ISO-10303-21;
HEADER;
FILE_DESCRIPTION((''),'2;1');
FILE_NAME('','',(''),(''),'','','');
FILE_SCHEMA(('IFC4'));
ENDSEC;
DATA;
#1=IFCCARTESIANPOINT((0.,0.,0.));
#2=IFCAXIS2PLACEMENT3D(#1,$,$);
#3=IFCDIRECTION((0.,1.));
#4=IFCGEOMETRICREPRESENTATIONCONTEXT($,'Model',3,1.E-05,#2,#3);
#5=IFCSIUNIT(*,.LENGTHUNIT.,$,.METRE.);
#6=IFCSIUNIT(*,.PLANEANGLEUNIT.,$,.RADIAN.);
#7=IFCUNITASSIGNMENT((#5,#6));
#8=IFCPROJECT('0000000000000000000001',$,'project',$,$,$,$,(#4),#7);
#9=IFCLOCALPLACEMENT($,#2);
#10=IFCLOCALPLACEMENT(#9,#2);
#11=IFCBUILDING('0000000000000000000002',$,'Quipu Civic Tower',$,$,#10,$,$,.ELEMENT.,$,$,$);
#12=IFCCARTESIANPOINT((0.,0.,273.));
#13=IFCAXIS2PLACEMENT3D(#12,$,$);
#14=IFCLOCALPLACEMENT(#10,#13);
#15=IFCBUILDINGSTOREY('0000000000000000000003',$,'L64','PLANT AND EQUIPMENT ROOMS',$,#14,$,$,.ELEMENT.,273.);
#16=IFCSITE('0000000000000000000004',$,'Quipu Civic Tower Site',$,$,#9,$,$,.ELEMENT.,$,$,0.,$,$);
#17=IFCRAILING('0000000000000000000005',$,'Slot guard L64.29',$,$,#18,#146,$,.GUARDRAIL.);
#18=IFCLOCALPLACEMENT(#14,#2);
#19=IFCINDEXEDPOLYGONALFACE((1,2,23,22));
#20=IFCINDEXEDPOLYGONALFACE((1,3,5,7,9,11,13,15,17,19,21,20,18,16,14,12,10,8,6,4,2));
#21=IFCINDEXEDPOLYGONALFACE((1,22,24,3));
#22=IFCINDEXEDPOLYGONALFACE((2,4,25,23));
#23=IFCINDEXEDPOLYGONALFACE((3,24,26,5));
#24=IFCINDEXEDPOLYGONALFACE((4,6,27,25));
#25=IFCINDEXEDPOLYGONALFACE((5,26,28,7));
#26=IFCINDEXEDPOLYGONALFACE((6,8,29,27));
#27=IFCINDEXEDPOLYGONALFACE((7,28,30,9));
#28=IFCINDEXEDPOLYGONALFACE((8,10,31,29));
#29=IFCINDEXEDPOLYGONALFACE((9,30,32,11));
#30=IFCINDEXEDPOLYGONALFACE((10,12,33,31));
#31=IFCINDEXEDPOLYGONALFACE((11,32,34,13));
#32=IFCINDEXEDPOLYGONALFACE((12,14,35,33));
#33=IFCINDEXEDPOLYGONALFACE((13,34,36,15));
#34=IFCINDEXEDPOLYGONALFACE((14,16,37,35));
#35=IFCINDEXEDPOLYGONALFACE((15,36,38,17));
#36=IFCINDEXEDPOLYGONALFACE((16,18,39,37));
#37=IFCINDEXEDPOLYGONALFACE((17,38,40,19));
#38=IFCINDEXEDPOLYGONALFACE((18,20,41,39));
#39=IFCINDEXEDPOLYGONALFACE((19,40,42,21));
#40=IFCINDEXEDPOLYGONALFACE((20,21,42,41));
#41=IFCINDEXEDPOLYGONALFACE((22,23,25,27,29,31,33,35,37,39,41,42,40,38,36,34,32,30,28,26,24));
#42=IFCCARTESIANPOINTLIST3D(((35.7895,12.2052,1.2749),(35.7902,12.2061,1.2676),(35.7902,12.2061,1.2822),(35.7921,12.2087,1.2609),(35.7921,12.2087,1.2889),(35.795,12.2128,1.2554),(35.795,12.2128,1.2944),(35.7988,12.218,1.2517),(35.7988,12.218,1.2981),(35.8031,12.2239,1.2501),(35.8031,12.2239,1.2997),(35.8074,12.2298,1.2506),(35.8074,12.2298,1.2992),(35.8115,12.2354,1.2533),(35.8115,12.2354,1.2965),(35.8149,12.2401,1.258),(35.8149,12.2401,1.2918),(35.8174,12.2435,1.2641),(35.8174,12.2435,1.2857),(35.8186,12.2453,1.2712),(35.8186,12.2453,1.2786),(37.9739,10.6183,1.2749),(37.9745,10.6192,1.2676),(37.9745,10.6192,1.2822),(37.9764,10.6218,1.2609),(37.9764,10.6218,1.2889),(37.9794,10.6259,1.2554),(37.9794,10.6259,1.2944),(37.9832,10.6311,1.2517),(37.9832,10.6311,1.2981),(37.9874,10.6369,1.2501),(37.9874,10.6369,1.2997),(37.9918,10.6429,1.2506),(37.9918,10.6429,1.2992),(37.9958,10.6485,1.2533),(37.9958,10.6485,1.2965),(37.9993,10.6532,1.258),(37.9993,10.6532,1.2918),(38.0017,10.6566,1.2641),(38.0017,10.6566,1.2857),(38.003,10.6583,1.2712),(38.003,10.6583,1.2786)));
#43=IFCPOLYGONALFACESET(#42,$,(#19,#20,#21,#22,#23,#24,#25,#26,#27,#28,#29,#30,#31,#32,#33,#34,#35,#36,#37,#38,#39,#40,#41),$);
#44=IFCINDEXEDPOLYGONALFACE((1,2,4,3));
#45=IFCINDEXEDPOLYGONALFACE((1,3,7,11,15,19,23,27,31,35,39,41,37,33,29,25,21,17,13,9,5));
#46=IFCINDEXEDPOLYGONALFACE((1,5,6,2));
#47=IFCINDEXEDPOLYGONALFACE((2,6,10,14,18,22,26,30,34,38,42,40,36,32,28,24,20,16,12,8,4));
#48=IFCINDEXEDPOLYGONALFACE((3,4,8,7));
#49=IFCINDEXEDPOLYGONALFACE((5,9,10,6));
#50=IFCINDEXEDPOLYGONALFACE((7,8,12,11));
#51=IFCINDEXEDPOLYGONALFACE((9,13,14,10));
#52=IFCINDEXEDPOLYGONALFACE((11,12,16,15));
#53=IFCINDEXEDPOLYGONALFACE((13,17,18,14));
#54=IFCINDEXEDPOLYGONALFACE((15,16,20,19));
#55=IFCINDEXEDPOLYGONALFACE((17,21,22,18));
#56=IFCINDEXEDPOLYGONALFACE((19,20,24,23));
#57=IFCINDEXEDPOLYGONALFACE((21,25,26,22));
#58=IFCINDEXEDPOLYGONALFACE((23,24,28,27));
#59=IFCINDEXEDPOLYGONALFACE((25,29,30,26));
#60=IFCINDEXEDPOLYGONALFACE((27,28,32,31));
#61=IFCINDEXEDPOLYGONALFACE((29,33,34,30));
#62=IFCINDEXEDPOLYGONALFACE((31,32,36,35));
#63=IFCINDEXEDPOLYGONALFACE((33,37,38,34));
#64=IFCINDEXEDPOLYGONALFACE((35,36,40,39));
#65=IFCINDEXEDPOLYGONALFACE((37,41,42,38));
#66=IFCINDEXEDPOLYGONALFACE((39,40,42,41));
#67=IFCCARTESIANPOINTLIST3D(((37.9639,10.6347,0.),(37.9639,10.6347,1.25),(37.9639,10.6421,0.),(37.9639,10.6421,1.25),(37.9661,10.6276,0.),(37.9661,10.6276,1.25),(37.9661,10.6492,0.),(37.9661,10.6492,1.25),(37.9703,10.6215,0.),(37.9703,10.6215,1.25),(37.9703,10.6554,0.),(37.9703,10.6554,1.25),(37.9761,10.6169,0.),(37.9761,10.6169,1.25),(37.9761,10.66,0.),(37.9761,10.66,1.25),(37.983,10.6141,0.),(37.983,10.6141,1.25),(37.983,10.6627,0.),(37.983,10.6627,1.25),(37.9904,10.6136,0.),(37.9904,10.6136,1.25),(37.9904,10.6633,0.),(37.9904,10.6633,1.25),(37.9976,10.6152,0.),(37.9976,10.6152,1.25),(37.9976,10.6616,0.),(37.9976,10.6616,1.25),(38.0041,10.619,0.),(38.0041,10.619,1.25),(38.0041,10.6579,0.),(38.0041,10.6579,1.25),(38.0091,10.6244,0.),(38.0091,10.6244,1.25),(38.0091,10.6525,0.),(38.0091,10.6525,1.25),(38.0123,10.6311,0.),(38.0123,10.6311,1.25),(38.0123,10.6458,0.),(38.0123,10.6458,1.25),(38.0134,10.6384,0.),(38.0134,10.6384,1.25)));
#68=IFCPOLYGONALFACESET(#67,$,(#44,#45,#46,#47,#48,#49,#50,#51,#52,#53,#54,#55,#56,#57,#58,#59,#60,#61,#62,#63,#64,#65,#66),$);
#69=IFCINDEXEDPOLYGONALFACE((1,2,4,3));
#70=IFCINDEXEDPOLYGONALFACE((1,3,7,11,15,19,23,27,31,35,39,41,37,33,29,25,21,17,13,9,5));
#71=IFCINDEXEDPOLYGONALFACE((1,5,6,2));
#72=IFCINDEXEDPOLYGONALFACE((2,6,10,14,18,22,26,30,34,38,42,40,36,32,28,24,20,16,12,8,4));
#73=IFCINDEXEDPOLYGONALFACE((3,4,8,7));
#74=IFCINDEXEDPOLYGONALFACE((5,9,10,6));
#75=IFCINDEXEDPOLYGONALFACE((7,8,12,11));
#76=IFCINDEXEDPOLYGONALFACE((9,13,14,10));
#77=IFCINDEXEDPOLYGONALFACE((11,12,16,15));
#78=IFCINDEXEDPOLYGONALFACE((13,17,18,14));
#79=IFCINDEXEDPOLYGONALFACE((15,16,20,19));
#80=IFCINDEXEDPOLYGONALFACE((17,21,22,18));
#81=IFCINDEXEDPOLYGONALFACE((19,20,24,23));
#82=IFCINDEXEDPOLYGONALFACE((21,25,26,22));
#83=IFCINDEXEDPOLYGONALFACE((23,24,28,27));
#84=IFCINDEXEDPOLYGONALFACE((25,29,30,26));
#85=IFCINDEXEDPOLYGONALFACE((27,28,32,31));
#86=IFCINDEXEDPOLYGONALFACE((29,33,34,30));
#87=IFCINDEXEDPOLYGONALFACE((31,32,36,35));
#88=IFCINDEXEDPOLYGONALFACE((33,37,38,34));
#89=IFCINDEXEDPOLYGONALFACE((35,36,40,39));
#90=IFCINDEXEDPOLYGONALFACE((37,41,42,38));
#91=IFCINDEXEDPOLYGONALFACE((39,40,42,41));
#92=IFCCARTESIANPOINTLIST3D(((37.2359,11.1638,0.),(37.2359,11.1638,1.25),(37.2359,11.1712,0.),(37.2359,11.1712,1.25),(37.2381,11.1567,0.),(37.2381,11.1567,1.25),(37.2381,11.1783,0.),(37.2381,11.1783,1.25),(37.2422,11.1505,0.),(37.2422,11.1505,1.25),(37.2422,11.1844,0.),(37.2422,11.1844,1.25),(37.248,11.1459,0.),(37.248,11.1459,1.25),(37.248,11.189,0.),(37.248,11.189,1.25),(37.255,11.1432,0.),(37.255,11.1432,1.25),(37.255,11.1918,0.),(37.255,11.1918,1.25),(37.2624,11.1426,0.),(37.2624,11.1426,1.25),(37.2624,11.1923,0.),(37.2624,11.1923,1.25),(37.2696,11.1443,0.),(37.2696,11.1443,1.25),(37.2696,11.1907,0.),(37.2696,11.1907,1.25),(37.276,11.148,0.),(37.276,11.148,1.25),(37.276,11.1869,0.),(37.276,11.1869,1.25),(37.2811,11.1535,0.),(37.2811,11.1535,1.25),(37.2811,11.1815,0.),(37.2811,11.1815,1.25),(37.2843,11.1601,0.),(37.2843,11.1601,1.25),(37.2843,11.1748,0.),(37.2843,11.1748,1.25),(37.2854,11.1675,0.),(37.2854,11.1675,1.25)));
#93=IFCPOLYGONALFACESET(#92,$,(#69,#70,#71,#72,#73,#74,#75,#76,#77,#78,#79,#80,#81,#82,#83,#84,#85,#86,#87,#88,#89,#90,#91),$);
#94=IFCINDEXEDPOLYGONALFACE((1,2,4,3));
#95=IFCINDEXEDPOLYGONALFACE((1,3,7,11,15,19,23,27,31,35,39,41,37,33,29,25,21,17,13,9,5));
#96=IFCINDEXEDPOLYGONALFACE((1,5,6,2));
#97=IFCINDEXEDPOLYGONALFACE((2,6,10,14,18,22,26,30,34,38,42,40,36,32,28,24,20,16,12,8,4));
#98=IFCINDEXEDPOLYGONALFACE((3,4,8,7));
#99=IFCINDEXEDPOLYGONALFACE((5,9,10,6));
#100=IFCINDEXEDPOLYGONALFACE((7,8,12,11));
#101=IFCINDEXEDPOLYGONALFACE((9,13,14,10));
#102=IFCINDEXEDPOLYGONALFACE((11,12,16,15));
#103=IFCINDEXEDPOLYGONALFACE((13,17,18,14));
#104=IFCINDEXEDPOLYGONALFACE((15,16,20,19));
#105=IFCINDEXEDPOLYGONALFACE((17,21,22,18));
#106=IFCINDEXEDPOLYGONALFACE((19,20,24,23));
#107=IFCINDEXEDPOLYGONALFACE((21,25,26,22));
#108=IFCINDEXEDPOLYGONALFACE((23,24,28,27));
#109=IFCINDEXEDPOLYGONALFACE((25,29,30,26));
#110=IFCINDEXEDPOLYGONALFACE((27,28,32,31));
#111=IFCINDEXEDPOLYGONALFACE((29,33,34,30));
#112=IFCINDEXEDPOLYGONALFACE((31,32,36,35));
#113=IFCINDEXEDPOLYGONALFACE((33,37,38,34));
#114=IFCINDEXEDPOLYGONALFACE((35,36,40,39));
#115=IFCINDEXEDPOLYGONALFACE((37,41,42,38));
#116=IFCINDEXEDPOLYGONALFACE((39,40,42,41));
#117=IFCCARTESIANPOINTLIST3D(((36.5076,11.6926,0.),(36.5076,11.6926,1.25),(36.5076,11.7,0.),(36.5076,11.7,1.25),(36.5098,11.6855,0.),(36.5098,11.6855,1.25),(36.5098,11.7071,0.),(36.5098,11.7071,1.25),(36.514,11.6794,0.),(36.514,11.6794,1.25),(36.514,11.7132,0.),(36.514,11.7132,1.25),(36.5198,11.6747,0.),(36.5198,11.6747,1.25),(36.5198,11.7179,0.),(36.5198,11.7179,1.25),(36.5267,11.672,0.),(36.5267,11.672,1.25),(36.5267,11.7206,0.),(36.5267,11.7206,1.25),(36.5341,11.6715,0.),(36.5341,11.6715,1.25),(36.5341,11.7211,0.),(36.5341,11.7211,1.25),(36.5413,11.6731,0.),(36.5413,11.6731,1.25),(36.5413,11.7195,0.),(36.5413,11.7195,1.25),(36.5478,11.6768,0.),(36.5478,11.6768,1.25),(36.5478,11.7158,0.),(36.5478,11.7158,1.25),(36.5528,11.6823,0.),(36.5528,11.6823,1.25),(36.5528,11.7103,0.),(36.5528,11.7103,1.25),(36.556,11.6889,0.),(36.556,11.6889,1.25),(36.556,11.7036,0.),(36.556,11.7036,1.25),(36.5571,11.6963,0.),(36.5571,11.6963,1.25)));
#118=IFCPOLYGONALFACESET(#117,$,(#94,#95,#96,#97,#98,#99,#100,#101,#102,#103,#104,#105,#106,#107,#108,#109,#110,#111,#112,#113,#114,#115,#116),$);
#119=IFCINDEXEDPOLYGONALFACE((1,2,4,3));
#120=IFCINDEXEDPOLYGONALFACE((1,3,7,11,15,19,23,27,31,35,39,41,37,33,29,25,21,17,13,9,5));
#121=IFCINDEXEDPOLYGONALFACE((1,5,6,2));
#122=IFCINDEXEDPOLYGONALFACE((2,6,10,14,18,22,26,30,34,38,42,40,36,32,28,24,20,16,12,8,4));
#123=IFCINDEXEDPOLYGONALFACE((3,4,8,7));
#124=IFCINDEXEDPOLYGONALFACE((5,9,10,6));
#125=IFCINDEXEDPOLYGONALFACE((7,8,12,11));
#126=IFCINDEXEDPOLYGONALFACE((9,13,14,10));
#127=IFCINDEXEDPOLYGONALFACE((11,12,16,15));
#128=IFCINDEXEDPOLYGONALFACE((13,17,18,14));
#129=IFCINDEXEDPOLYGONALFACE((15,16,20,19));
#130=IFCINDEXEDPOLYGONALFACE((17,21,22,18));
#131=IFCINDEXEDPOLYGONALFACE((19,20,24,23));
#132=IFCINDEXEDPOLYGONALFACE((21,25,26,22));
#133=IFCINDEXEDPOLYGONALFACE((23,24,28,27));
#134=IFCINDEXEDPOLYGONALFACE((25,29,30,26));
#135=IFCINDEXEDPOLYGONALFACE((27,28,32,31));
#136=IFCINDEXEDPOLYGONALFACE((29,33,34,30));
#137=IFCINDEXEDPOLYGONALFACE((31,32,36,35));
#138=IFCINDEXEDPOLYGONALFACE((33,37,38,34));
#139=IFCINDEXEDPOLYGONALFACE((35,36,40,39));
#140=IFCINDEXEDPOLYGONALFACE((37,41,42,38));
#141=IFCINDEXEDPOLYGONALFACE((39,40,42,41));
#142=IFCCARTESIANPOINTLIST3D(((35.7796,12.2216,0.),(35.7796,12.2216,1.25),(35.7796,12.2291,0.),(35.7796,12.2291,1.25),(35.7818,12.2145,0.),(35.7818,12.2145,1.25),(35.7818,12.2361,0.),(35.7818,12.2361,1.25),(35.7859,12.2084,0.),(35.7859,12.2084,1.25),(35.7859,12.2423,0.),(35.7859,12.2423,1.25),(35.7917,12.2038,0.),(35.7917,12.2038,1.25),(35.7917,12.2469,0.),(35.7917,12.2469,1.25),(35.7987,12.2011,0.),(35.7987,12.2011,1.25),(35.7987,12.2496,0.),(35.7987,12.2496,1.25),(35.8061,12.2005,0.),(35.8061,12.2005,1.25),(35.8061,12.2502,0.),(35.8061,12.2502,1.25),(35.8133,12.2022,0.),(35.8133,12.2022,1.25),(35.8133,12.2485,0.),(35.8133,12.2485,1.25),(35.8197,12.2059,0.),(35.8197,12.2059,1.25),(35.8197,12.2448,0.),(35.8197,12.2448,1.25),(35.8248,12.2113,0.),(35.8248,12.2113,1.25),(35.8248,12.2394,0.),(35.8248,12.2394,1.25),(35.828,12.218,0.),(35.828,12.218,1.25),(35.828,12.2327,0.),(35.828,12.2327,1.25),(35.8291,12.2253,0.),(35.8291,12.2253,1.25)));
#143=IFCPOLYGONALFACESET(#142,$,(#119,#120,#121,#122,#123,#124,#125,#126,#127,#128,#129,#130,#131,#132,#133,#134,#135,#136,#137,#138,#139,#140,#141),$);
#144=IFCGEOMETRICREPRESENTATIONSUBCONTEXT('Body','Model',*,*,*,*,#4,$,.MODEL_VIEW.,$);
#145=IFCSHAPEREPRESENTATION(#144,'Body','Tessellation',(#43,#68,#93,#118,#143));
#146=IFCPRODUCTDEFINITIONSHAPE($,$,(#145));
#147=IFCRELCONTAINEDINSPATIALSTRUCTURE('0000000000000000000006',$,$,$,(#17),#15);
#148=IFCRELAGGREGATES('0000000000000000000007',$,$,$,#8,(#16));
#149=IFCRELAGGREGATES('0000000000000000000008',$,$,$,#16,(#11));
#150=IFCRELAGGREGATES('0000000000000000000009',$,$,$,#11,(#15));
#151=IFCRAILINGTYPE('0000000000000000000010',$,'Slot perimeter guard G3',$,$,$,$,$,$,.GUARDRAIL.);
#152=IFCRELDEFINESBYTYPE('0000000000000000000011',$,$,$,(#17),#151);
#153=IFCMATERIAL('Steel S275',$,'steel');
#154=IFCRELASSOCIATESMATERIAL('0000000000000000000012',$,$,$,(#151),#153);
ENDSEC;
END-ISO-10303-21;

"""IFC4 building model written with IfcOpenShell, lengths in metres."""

from ifc_helpers import new_model, si_unit, direction, frame, origin, origin_2d, place, context, subcontext, project, spatial, circle, extrude, material, type_object, element, save


model = new_model("IFC4")

# Units and contexts
model_context = context("Model", 3, precision=1e-05, world=origin(), true_north=direction((0.0, 1.0)))
body_context = subcontext(model_context, "Body", "Model", "MODEL_VIEW")
ifc_project = project(units=[si_unit("LENGTHUNIT", "METRE"), si_unit("PLANEANGLEUNIT", "RADIAN")], contexts=[model_context])

# Site, building, storey
site_placement = place(None, origin())
site = spatial("IfcSite", under=ifc_project, at=site_placement, Name="Quipu Civic Tower Site", CompositionType="ELEMENT", RefElevation=0.0)
building_placement = place(site_placement, origin())
building = spatial("IfcBuilding", under=site, at=building_placement, Name="Quipu Civic Tower", CompositionType="ELEMENT")
storey_placement = place(building_placement, frame((0.0, 0.0, 273.0)))
storey = spatial("IfcBuildingStorey", under=building, at=storey_placement, Name="L64", Description="PLANT AND EQUIPMENT ROOMS", CompositionType="ELEMENT", Elevation=273.0)

# Railing
ifc_material_1 = material(Name="Steel S275", Category="steel")
railing_type = type_object("IfcRailingType", Name="Slot perimeter guard G3", PredefinedType="GUARDRAIL", material=ifc_material_1)
railing_1_placement = place(storey_placement, frame((37.9885, 10.6384, 0.0)))
element("IfcRailing", 1, at=railing_1_placement, inside=storey, type_object=railing_type, Name="Slot guard L64.29", PredefinedType="GUARDRAIL", context=body_context, shape_type="SweptSolid", body=[
    extrude(circle(Radius=0.0249, at=origin_2d()), frame((0.0, 0.0, 1.2749), z_axis=(-0.809033, 0.587763, 0.0), x_axis=(-0.587763, -0.809033, 0.0)), (0.0, 0.0, 1.0), 2.7),
    extrude(circle(Radius=0.0249, at=origin_2d()), origin(), (0.0, 0.0, 1.0), 1.25),
    extrude(circle(Radius=0.0249, at=origin_2d()), frame((-0.728, 0.5291, 0.0)), (0.0, 0.0, 1.0), 1.25),
    extrude(circle(Radius=0.0249, at=origin_2d()), frame((-1.4563, 1.0579, 0.0)), (0.0, 0.0, 1.0), 1.25),
    extrude(circle(Radius=0.0249, at=origin_2d()), frame((-2.1843, 1.5869, 0.0)), (0.0, 0.0, 1.0), 1.25),
])

save(model, "model.ifc")
